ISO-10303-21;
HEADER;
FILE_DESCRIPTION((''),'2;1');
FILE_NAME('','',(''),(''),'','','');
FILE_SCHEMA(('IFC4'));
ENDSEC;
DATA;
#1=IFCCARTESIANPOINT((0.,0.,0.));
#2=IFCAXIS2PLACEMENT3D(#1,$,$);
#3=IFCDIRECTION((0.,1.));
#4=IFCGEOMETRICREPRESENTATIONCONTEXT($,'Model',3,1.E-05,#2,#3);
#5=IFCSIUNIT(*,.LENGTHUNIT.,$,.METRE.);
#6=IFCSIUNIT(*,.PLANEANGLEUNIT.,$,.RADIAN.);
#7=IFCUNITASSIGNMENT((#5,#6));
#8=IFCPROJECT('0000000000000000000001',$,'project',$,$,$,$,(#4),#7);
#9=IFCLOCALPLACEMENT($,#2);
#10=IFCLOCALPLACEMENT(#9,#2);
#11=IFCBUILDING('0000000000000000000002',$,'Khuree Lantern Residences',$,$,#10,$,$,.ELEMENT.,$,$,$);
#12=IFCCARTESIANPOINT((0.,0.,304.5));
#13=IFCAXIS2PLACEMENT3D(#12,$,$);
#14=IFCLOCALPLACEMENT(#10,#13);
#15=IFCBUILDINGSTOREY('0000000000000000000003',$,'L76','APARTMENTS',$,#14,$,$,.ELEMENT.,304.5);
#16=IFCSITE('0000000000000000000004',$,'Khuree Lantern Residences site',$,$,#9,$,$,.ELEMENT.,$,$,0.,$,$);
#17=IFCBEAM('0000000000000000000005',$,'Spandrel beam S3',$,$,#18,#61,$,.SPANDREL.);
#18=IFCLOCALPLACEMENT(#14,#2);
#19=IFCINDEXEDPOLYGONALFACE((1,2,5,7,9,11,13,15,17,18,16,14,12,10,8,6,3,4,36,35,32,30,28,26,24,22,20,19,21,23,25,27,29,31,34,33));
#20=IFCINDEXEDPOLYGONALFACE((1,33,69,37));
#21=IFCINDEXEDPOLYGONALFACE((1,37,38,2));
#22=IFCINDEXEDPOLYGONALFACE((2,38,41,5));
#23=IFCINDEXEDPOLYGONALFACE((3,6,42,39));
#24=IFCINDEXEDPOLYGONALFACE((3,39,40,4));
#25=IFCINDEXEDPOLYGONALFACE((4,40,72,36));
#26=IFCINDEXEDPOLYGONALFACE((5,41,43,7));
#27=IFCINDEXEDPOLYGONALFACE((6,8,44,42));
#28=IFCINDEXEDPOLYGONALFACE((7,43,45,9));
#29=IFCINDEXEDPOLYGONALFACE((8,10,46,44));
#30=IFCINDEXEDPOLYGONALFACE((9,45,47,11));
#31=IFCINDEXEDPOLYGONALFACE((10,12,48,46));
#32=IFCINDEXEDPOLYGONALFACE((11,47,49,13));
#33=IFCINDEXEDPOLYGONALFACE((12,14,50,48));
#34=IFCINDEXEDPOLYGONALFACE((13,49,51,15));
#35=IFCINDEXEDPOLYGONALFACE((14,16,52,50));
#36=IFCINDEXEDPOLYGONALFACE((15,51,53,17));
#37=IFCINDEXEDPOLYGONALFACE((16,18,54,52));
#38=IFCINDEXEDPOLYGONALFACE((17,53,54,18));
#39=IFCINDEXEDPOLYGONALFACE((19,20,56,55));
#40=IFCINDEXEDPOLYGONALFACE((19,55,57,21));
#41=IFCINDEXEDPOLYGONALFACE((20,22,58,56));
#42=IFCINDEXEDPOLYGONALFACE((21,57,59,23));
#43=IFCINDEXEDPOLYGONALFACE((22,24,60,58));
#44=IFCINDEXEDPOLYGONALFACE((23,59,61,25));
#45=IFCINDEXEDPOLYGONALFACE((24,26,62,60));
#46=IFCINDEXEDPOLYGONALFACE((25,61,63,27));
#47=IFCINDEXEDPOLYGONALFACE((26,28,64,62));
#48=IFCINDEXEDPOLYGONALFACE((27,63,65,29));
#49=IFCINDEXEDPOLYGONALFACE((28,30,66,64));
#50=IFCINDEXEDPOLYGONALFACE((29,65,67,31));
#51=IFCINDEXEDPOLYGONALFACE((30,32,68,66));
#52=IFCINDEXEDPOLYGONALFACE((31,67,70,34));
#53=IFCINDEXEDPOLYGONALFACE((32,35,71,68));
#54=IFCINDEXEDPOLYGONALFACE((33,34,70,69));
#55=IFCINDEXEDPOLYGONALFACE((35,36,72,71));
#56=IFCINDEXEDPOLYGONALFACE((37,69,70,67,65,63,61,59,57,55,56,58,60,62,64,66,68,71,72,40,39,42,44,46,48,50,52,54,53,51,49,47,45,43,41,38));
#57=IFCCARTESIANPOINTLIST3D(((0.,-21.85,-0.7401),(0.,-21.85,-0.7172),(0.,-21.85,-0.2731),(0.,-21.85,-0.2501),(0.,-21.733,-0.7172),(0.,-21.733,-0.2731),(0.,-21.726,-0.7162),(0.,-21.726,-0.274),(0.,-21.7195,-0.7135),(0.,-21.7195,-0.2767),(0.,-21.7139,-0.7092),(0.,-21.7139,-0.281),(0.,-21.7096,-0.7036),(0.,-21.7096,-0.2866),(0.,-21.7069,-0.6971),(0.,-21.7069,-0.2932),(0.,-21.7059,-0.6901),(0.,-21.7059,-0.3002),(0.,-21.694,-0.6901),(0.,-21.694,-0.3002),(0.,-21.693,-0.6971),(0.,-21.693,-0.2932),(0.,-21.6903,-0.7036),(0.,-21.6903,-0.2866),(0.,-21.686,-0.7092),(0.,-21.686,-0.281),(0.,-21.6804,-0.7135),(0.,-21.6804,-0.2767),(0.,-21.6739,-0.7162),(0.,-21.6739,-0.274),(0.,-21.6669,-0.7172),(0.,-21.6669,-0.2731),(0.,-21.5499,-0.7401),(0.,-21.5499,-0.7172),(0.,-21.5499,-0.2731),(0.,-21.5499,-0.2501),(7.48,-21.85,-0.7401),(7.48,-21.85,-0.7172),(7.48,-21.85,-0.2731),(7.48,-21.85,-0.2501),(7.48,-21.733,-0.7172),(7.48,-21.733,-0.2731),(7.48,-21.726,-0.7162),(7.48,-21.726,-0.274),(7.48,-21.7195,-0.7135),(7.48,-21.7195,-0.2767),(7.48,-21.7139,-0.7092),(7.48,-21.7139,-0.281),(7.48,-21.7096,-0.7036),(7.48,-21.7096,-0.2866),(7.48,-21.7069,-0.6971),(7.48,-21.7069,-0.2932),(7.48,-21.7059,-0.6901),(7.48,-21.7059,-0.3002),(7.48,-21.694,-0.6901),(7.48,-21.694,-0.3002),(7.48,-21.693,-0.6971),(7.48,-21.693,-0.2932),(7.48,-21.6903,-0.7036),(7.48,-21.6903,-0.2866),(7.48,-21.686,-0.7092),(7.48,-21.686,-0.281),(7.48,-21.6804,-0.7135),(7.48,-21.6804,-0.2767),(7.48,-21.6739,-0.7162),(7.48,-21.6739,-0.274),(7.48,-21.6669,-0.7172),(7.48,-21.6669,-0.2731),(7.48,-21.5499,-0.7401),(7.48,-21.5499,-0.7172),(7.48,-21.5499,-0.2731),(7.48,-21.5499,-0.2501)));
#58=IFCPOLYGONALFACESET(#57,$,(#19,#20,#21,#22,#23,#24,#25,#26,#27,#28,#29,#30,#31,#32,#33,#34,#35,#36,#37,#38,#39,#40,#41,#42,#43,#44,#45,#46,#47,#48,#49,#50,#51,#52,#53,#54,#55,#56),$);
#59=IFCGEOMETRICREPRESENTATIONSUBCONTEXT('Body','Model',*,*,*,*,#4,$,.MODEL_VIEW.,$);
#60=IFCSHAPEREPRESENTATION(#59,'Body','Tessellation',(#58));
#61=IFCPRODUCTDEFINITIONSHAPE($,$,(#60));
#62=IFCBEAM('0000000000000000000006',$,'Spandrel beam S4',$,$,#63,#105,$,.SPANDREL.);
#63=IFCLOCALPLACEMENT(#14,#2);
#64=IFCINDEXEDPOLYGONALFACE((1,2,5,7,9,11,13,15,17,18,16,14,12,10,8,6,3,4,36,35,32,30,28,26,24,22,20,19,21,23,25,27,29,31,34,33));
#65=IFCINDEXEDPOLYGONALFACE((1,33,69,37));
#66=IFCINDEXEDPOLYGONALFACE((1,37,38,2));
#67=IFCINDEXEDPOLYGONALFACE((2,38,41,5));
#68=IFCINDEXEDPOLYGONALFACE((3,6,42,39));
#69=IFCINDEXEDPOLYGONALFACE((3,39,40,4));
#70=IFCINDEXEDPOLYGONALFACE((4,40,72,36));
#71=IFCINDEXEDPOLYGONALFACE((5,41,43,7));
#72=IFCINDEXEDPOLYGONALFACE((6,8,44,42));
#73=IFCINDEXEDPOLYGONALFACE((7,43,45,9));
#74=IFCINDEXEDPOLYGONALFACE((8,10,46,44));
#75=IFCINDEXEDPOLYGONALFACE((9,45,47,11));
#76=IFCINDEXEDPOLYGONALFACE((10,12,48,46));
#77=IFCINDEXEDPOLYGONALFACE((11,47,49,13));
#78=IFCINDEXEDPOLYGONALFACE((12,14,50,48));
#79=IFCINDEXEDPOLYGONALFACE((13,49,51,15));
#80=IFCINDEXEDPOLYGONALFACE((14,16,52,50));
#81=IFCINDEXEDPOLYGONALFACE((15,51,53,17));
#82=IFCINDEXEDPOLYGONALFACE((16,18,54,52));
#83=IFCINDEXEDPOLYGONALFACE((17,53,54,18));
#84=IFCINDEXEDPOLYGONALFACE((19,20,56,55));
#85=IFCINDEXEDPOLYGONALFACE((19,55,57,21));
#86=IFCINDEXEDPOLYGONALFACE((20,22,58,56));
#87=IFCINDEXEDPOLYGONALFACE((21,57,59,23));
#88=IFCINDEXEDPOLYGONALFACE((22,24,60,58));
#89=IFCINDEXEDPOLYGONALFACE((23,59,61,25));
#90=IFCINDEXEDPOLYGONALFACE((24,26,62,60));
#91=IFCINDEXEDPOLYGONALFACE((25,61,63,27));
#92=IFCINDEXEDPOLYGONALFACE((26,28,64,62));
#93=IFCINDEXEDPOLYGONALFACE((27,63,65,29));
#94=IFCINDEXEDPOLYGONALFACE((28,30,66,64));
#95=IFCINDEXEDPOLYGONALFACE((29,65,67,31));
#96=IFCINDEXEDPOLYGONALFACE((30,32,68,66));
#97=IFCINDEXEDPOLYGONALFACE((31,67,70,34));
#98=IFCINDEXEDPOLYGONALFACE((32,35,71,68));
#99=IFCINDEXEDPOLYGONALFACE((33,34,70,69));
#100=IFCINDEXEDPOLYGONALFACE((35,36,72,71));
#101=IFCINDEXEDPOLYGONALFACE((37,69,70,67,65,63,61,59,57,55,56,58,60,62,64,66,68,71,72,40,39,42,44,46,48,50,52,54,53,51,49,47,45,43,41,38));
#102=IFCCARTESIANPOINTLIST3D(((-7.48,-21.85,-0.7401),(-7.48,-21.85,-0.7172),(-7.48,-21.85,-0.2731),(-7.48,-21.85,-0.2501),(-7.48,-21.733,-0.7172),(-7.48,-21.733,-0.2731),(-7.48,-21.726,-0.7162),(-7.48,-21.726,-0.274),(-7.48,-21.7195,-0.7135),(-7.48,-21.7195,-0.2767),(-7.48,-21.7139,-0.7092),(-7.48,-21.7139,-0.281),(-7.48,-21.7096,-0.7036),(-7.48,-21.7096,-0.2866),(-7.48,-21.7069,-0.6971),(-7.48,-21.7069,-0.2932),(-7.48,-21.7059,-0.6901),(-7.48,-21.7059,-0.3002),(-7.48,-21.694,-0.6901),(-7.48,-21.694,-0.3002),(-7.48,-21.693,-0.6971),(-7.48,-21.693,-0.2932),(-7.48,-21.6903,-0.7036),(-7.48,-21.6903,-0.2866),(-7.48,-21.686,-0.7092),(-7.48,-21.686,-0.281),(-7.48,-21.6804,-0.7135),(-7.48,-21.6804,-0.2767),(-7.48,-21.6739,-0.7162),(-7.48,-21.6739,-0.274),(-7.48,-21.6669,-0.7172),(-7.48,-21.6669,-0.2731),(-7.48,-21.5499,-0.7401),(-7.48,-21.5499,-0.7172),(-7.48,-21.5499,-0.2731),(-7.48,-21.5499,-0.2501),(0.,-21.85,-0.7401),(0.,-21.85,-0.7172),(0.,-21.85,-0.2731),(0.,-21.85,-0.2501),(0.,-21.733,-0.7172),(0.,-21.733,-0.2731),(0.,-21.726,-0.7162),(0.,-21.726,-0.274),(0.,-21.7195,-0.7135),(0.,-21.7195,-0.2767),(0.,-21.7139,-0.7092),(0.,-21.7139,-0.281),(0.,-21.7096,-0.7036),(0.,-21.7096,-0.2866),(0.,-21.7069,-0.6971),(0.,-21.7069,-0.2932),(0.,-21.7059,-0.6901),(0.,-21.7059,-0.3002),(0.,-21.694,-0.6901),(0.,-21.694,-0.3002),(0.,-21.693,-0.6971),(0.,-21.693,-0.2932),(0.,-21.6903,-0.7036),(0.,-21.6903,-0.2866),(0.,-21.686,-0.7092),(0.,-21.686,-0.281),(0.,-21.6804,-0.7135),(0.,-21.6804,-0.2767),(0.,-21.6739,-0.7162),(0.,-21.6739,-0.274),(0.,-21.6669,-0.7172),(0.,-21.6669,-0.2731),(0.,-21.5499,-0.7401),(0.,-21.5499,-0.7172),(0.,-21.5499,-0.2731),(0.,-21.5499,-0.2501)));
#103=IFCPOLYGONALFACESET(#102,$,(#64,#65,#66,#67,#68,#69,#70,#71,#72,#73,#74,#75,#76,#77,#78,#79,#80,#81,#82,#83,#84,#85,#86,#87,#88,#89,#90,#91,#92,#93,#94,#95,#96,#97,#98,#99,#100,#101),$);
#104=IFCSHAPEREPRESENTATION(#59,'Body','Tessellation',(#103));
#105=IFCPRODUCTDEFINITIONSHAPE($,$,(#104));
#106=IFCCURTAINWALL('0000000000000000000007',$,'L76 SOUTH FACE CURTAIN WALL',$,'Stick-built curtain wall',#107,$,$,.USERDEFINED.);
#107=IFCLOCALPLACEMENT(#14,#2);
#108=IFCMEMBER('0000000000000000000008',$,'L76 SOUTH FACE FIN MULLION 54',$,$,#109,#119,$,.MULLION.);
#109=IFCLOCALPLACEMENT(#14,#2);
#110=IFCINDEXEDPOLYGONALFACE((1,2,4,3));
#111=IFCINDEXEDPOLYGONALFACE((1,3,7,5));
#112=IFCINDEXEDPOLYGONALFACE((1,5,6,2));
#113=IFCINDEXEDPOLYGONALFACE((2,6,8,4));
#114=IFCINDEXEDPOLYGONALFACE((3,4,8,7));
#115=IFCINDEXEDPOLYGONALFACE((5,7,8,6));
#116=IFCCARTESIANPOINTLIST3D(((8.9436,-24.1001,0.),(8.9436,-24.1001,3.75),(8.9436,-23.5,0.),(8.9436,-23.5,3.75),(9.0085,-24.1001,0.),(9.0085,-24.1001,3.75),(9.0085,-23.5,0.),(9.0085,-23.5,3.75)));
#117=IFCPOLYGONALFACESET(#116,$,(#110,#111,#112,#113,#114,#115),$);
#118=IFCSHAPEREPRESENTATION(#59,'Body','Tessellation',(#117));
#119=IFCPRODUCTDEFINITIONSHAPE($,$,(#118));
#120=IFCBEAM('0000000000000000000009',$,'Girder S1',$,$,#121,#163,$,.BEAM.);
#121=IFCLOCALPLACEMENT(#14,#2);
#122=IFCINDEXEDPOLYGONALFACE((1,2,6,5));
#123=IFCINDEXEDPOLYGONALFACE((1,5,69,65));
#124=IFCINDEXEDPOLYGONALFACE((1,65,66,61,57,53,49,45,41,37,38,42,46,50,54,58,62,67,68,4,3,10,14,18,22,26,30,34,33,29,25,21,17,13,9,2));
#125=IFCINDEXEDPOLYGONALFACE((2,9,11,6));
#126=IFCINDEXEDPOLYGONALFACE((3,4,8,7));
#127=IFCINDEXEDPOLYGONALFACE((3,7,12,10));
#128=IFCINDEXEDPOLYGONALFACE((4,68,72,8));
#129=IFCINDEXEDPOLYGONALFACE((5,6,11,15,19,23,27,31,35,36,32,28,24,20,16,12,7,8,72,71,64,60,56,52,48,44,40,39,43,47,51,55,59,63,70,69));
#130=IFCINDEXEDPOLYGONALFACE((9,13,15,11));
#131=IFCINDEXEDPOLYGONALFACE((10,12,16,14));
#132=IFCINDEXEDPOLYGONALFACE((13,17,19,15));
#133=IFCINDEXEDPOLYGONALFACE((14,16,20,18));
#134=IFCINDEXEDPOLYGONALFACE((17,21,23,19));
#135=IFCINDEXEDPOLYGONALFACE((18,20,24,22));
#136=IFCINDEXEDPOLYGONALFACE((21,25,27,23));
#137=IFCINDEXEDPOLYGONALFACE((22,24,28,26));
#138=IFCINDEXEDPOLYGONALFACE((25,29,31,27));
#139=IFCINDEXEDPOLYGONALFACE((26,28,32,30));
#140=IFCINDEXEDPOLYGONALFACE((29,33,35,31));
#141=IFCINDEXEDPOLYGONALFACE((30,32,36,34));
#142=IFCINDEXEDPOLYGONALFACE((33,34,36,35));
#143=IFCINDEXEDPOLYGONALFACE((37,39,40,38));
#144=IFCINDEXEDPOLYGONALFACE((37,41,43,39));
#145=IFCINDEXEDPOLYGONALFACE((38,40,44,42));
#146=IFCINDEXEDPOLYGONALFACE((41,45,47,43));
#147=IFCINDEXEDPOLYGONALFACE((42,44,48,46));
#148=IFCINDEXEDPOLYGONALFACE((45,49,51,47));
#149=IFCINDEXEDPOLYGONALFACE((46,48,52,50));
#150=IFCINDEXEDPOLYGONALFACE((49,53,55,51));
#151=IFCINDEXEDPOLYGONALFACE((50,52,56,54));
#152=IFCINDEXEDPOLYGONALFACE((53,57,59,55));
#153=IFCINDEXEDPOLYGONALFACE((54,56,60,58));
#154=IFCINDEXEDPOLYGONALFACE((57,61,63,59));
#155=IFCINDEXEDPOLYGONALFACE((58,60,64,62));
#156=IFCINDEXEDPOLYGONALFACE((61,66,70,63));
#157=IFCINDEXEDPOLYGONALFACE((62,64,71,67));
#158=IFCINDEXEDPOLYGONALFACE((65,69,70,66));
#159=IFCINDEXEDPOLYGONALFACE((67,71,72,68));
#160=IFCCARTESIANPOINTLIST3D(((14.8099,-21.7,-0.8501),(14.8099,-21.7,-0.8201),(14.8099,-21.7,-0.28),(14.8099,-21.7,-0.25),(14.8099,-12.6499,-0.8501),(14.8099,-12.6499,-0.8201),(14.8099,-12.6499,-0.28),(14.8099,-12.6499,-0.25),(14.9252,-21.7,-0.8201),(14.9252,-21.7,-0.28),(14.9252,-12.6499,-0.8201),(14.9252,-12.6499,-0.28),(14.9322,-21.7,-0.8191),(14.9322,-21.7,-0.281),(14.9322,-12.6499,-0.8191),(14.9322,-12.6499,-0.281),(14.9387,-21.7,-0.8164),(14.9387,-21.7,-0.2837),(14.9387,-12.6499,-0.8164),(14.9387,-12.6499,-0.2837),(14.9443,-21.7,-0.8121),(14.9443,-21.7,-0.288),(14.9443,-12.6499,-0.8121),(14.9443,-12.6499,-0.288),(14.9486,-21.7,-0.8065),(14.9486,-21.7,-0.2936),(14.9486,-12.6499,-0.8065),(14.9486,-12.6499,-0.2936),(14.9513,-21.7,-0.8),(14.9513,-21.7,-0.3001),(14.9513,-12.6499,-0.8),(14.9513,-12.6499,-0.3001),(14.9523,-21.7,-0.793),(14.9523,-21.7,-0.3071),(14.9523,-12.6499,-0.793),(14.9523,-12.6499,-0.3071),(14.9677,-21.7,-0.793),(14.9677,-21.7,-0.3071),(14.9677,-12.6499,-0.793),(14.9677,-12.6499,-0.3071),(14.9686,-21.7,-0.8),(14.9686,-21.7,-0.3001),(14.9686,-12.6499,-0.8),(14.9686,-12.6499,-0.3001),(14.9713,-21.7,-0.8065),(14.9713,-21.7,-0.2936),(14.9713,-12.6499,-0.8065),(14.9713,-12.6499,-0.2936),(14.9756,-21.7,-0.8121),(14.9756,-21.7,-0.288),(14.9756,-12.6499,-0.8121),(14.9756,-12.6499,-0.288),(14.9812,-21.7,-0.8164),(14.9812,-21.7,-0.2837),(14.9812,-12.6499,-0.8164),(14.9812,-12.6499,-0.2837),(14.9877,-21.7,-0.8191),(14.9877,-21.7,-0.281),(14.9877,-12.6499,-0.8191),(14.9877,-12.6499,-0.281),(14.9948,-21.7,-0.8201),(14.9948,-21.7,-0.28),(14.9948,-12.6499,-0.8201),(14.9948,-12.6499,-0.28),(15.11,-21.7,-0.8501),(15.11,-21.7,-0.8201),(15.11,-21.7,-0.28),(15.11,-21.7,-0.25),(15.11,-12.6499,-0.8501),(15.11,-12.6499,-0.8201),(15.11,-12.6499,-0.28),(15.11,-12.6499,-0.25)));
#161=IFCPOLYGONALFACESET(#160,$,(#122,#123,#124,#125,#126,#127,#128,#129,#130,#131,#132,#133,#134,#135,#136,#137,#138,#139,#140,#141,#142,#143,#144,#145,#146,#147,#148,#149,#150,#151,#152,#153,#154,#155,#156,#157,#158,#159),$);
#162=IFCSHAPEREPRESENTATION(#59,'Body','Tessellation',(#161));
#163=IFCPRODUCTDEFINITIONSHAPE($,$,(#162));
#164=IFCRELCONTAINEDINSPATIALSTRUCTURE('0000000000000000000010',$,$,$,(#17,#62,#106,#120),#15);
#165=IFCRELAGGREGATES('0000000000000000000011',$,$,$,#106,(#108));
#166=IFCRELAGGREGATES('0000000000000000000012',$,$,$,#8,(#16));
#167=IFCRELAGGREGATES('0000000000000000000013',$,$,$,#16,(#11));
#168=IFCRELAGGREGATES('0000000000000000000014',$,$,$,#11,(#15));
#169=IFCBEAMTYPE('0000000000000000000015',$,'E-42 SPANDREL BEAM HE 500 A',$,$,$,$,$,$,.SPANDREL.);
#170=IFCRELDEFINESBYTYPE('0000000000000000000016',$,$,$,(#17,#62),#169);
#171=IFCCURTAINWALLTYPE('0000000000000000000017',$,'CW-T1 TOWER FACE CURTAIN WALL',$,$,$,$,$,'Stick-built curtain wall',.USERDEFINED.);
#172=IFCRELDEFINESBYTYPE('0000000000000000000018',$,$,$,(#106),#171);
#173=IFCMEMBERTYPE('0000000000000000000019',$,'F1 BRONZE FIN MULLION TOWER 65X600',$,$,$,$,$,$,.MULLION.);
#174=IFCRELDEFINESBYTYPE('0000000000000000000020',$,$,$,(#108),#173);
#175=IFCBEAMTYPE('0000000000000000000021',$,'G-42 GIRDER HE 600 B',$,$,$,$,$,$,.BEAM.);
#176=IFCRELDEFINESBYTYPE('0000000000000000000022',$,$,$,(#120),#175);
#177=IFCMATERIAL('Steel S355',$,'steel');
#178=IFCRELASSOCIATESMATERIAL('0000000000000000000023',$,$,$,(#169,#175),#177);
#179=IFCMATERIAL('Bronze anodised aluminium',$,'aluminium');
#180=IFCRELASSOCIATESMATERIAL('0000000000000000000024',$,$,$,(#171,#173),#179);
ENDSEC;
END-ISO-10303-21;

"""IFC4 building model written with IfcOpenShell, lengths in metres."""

from ifc_helpers import new_model, si_unit, direction, frame, origin, origin_2d, place, context, subcontext, project, spatial, rectangle, i_section, extrude, material, material_profile, profile_set, type_object, element, aggregate, save


model = new_model("IFC4")

# Units and contexts
model_context = context("Model", 3, precision=1e-05, world=origin(), true_north=direction((0.0, 1.0)))
body_context = subcontext(model_context, "Body", "Model", "MODEL_VIEW")
ifc_project = project(units=[si_unit("LENGTHUNIT", "METRE"), si_unit("PLANEANGLEUNIT", "RADIAN")], contexts=[model_context])

# Site, building, storey
site_placement = place(None, origin())
site = spatial("IfcSite", under=ifc_project, at=site_placement, Name="Khuree Lantern Residences site", CompositionType="ELEMENT", RefElevation=0.0)
building_placement = place(site_placement, origin())
building = spatial("IfcBuilding", under=site, at=building_placement, Name="Khuree Lantern Residences", CompositionType="ELEMENT")
storey_placement = place(building_placement, frame((0.0, 0.0, 304.5)))
storey = spatial("IfcBuildingStorey", under=building, at=storey_placement, Name="L76", Description="APARTMENTS", CompositionType="ELEMENT", Elevation=304.5)

# Beams
ifc_material_1 = material(Name="Steel S355", Category="steel")
ifc_material_profile_1 = material_profile(ifc_material_1, i_section(OverallWidth=0.3, OverallDepth=0.49, WebThickness=0.012, FlangeThickness=0.0229, FilletRadius=0.0271, at=origin_2d()), Name="HE 500 A")
ifc_profile_set_1 = profile_set([ifc_material_profile_1], Name="Steel S355")
beam_type_1 = type_object("IfcBeamType", Name="E-42 SPANDREL BEAM HE 500 A", PredefinedType="SPANDREL", material=ifc_profile_set_1)
for number, where, z_axis, x_axis, name in (
    (1, (7.48, -21.7, -0.4951), (-1.0, 0.0, 0.0), (0.0, -1.0, 0.0), "Spandrel beam S3"),
    (2, (0.0, -21.7, -0.4951), (-1.0, 0.0, 0.0), (0.0, -1.0, 0.0), "Spandrel beam S4"),
):
    element("IfcBeam", number, at=place(storey_placement, frame(where, z_axis=z_axis, x_axis=x_axis)), inside=storey, type_object=beam_type_1, Name=name, PredefinedType="SPANDREL", context=body_context, shape_type="SweptSolid", body=[
        extrude(i_section(OverallWidth=0.3, OverallDepth=0.49, WebThickness=0.012, FlangeThickness=0.0229, FilletRadius=0.0271, at=origin_2d()), origin(), (0.0, 0.0, 1.0), 7.48),
    ])

# Curtain wall, member
ifc_material_2 = material(Name="Bronze anodised aluminium", Category="aluminium")
curtain_wall_type = type_object("IfcCurtainWallType", Name="CW-T1 TOWER FACE CURTAIN WALL", ElementType="Stick-built curtain wall", PredefinedType="USERDEFINED", material=ifc_material_2)
curtain_wall_placement = place(storey_placement, origin())
curtain_wall = element("IfcCurtainWall", 3, at=curtain_wall_placement, inside=storey, type_object=curtain_wall_type, Name="L76 SOUTH FACE CURTAIN WALL", ObjectType="Stick-built curtain wall", PredefinedType="USERDEFINED")
ifc_material_profile_2 = material_profile(ifc_material_2, rectangle(XDim=0.0649, YDim=0.6001, at=origin_2d()), Name="F1 65X600")
ifc_profile_set_2 = profile_set([ifc_material_profile_2], Name="Bronze anodised aluminium")
member_type_1 = type_object("IfcMemberType", Name="F1 BRONZE FIN MULLION TOWER 65X600", PredefinedType="MULLION", material=ifc_profile_set_2)
member_1_placement = place(storey_placement, frame((8.9761, -23.8, 0.0), z_axis=(0.0, 0.0, 1.0), x_axis=(1.0, 0.0, 0.0)))
member_1 = element("IfcMember", 4, at=member_1_placement, type_object=member_type_1, Name="L76 SOUTH FACE FIN MULLION 54", PredefinedType="MULLION", context=body_context, shape_type="SweptSolid", body=[
    extrude(rectangle(XDim=0.0649, YDim=0.6001, at=origin_2d()), origin(), (0.0, 0.0, 1.0), 3.75),
])

# Beam
ifc_material_profile_3 = material_profile(ifc_material_1, i_section(OverallWidth=0.3, OverallDepth=0.6001, WebThickness=0.0154, FlangeThickness=0.03, FilletRadius=0.0271, at=origin_2d()), Name="HE 600 B")
ifc_profile_set_3 = profile_set([ifc_material_profile_3], Name="Steel S355")
beam_type_2 = type_object("IfcBeamType", Name="G-42 GIRDER HE 600 B", PredefinedType="BEAM", material=ifc_profile_set_3)
for number, where, z_axis, x_axis, name in (
    (5, (14.96, -21.7, -0.55), (0.0, 1.0, 0.0), (-1.0, 0.0, 0.0), "Girder S1"),
):
    element("IfcBeam", number, at=place(storey_placement, frame(where, z_axis=z_axis, x_axis=x_axis)), inside=storey, type_object=beam_type_2, Name=name, PredefinedType="BEAM", context=body_context, shape_type="SweptSolid", body=[
        extrude(i_section(OverallWidth=0.3, OverallDepth=0.6001, WebThickness=0.0154, FlangeThickness=0.03, FilletRadius=0.0271, at=origin_2d()), origin(), (0.0, 0.0, 1.0), 9.05),
    ])

aggregate(curtain_wall, [member_1])

save(model, "model.ifc")
